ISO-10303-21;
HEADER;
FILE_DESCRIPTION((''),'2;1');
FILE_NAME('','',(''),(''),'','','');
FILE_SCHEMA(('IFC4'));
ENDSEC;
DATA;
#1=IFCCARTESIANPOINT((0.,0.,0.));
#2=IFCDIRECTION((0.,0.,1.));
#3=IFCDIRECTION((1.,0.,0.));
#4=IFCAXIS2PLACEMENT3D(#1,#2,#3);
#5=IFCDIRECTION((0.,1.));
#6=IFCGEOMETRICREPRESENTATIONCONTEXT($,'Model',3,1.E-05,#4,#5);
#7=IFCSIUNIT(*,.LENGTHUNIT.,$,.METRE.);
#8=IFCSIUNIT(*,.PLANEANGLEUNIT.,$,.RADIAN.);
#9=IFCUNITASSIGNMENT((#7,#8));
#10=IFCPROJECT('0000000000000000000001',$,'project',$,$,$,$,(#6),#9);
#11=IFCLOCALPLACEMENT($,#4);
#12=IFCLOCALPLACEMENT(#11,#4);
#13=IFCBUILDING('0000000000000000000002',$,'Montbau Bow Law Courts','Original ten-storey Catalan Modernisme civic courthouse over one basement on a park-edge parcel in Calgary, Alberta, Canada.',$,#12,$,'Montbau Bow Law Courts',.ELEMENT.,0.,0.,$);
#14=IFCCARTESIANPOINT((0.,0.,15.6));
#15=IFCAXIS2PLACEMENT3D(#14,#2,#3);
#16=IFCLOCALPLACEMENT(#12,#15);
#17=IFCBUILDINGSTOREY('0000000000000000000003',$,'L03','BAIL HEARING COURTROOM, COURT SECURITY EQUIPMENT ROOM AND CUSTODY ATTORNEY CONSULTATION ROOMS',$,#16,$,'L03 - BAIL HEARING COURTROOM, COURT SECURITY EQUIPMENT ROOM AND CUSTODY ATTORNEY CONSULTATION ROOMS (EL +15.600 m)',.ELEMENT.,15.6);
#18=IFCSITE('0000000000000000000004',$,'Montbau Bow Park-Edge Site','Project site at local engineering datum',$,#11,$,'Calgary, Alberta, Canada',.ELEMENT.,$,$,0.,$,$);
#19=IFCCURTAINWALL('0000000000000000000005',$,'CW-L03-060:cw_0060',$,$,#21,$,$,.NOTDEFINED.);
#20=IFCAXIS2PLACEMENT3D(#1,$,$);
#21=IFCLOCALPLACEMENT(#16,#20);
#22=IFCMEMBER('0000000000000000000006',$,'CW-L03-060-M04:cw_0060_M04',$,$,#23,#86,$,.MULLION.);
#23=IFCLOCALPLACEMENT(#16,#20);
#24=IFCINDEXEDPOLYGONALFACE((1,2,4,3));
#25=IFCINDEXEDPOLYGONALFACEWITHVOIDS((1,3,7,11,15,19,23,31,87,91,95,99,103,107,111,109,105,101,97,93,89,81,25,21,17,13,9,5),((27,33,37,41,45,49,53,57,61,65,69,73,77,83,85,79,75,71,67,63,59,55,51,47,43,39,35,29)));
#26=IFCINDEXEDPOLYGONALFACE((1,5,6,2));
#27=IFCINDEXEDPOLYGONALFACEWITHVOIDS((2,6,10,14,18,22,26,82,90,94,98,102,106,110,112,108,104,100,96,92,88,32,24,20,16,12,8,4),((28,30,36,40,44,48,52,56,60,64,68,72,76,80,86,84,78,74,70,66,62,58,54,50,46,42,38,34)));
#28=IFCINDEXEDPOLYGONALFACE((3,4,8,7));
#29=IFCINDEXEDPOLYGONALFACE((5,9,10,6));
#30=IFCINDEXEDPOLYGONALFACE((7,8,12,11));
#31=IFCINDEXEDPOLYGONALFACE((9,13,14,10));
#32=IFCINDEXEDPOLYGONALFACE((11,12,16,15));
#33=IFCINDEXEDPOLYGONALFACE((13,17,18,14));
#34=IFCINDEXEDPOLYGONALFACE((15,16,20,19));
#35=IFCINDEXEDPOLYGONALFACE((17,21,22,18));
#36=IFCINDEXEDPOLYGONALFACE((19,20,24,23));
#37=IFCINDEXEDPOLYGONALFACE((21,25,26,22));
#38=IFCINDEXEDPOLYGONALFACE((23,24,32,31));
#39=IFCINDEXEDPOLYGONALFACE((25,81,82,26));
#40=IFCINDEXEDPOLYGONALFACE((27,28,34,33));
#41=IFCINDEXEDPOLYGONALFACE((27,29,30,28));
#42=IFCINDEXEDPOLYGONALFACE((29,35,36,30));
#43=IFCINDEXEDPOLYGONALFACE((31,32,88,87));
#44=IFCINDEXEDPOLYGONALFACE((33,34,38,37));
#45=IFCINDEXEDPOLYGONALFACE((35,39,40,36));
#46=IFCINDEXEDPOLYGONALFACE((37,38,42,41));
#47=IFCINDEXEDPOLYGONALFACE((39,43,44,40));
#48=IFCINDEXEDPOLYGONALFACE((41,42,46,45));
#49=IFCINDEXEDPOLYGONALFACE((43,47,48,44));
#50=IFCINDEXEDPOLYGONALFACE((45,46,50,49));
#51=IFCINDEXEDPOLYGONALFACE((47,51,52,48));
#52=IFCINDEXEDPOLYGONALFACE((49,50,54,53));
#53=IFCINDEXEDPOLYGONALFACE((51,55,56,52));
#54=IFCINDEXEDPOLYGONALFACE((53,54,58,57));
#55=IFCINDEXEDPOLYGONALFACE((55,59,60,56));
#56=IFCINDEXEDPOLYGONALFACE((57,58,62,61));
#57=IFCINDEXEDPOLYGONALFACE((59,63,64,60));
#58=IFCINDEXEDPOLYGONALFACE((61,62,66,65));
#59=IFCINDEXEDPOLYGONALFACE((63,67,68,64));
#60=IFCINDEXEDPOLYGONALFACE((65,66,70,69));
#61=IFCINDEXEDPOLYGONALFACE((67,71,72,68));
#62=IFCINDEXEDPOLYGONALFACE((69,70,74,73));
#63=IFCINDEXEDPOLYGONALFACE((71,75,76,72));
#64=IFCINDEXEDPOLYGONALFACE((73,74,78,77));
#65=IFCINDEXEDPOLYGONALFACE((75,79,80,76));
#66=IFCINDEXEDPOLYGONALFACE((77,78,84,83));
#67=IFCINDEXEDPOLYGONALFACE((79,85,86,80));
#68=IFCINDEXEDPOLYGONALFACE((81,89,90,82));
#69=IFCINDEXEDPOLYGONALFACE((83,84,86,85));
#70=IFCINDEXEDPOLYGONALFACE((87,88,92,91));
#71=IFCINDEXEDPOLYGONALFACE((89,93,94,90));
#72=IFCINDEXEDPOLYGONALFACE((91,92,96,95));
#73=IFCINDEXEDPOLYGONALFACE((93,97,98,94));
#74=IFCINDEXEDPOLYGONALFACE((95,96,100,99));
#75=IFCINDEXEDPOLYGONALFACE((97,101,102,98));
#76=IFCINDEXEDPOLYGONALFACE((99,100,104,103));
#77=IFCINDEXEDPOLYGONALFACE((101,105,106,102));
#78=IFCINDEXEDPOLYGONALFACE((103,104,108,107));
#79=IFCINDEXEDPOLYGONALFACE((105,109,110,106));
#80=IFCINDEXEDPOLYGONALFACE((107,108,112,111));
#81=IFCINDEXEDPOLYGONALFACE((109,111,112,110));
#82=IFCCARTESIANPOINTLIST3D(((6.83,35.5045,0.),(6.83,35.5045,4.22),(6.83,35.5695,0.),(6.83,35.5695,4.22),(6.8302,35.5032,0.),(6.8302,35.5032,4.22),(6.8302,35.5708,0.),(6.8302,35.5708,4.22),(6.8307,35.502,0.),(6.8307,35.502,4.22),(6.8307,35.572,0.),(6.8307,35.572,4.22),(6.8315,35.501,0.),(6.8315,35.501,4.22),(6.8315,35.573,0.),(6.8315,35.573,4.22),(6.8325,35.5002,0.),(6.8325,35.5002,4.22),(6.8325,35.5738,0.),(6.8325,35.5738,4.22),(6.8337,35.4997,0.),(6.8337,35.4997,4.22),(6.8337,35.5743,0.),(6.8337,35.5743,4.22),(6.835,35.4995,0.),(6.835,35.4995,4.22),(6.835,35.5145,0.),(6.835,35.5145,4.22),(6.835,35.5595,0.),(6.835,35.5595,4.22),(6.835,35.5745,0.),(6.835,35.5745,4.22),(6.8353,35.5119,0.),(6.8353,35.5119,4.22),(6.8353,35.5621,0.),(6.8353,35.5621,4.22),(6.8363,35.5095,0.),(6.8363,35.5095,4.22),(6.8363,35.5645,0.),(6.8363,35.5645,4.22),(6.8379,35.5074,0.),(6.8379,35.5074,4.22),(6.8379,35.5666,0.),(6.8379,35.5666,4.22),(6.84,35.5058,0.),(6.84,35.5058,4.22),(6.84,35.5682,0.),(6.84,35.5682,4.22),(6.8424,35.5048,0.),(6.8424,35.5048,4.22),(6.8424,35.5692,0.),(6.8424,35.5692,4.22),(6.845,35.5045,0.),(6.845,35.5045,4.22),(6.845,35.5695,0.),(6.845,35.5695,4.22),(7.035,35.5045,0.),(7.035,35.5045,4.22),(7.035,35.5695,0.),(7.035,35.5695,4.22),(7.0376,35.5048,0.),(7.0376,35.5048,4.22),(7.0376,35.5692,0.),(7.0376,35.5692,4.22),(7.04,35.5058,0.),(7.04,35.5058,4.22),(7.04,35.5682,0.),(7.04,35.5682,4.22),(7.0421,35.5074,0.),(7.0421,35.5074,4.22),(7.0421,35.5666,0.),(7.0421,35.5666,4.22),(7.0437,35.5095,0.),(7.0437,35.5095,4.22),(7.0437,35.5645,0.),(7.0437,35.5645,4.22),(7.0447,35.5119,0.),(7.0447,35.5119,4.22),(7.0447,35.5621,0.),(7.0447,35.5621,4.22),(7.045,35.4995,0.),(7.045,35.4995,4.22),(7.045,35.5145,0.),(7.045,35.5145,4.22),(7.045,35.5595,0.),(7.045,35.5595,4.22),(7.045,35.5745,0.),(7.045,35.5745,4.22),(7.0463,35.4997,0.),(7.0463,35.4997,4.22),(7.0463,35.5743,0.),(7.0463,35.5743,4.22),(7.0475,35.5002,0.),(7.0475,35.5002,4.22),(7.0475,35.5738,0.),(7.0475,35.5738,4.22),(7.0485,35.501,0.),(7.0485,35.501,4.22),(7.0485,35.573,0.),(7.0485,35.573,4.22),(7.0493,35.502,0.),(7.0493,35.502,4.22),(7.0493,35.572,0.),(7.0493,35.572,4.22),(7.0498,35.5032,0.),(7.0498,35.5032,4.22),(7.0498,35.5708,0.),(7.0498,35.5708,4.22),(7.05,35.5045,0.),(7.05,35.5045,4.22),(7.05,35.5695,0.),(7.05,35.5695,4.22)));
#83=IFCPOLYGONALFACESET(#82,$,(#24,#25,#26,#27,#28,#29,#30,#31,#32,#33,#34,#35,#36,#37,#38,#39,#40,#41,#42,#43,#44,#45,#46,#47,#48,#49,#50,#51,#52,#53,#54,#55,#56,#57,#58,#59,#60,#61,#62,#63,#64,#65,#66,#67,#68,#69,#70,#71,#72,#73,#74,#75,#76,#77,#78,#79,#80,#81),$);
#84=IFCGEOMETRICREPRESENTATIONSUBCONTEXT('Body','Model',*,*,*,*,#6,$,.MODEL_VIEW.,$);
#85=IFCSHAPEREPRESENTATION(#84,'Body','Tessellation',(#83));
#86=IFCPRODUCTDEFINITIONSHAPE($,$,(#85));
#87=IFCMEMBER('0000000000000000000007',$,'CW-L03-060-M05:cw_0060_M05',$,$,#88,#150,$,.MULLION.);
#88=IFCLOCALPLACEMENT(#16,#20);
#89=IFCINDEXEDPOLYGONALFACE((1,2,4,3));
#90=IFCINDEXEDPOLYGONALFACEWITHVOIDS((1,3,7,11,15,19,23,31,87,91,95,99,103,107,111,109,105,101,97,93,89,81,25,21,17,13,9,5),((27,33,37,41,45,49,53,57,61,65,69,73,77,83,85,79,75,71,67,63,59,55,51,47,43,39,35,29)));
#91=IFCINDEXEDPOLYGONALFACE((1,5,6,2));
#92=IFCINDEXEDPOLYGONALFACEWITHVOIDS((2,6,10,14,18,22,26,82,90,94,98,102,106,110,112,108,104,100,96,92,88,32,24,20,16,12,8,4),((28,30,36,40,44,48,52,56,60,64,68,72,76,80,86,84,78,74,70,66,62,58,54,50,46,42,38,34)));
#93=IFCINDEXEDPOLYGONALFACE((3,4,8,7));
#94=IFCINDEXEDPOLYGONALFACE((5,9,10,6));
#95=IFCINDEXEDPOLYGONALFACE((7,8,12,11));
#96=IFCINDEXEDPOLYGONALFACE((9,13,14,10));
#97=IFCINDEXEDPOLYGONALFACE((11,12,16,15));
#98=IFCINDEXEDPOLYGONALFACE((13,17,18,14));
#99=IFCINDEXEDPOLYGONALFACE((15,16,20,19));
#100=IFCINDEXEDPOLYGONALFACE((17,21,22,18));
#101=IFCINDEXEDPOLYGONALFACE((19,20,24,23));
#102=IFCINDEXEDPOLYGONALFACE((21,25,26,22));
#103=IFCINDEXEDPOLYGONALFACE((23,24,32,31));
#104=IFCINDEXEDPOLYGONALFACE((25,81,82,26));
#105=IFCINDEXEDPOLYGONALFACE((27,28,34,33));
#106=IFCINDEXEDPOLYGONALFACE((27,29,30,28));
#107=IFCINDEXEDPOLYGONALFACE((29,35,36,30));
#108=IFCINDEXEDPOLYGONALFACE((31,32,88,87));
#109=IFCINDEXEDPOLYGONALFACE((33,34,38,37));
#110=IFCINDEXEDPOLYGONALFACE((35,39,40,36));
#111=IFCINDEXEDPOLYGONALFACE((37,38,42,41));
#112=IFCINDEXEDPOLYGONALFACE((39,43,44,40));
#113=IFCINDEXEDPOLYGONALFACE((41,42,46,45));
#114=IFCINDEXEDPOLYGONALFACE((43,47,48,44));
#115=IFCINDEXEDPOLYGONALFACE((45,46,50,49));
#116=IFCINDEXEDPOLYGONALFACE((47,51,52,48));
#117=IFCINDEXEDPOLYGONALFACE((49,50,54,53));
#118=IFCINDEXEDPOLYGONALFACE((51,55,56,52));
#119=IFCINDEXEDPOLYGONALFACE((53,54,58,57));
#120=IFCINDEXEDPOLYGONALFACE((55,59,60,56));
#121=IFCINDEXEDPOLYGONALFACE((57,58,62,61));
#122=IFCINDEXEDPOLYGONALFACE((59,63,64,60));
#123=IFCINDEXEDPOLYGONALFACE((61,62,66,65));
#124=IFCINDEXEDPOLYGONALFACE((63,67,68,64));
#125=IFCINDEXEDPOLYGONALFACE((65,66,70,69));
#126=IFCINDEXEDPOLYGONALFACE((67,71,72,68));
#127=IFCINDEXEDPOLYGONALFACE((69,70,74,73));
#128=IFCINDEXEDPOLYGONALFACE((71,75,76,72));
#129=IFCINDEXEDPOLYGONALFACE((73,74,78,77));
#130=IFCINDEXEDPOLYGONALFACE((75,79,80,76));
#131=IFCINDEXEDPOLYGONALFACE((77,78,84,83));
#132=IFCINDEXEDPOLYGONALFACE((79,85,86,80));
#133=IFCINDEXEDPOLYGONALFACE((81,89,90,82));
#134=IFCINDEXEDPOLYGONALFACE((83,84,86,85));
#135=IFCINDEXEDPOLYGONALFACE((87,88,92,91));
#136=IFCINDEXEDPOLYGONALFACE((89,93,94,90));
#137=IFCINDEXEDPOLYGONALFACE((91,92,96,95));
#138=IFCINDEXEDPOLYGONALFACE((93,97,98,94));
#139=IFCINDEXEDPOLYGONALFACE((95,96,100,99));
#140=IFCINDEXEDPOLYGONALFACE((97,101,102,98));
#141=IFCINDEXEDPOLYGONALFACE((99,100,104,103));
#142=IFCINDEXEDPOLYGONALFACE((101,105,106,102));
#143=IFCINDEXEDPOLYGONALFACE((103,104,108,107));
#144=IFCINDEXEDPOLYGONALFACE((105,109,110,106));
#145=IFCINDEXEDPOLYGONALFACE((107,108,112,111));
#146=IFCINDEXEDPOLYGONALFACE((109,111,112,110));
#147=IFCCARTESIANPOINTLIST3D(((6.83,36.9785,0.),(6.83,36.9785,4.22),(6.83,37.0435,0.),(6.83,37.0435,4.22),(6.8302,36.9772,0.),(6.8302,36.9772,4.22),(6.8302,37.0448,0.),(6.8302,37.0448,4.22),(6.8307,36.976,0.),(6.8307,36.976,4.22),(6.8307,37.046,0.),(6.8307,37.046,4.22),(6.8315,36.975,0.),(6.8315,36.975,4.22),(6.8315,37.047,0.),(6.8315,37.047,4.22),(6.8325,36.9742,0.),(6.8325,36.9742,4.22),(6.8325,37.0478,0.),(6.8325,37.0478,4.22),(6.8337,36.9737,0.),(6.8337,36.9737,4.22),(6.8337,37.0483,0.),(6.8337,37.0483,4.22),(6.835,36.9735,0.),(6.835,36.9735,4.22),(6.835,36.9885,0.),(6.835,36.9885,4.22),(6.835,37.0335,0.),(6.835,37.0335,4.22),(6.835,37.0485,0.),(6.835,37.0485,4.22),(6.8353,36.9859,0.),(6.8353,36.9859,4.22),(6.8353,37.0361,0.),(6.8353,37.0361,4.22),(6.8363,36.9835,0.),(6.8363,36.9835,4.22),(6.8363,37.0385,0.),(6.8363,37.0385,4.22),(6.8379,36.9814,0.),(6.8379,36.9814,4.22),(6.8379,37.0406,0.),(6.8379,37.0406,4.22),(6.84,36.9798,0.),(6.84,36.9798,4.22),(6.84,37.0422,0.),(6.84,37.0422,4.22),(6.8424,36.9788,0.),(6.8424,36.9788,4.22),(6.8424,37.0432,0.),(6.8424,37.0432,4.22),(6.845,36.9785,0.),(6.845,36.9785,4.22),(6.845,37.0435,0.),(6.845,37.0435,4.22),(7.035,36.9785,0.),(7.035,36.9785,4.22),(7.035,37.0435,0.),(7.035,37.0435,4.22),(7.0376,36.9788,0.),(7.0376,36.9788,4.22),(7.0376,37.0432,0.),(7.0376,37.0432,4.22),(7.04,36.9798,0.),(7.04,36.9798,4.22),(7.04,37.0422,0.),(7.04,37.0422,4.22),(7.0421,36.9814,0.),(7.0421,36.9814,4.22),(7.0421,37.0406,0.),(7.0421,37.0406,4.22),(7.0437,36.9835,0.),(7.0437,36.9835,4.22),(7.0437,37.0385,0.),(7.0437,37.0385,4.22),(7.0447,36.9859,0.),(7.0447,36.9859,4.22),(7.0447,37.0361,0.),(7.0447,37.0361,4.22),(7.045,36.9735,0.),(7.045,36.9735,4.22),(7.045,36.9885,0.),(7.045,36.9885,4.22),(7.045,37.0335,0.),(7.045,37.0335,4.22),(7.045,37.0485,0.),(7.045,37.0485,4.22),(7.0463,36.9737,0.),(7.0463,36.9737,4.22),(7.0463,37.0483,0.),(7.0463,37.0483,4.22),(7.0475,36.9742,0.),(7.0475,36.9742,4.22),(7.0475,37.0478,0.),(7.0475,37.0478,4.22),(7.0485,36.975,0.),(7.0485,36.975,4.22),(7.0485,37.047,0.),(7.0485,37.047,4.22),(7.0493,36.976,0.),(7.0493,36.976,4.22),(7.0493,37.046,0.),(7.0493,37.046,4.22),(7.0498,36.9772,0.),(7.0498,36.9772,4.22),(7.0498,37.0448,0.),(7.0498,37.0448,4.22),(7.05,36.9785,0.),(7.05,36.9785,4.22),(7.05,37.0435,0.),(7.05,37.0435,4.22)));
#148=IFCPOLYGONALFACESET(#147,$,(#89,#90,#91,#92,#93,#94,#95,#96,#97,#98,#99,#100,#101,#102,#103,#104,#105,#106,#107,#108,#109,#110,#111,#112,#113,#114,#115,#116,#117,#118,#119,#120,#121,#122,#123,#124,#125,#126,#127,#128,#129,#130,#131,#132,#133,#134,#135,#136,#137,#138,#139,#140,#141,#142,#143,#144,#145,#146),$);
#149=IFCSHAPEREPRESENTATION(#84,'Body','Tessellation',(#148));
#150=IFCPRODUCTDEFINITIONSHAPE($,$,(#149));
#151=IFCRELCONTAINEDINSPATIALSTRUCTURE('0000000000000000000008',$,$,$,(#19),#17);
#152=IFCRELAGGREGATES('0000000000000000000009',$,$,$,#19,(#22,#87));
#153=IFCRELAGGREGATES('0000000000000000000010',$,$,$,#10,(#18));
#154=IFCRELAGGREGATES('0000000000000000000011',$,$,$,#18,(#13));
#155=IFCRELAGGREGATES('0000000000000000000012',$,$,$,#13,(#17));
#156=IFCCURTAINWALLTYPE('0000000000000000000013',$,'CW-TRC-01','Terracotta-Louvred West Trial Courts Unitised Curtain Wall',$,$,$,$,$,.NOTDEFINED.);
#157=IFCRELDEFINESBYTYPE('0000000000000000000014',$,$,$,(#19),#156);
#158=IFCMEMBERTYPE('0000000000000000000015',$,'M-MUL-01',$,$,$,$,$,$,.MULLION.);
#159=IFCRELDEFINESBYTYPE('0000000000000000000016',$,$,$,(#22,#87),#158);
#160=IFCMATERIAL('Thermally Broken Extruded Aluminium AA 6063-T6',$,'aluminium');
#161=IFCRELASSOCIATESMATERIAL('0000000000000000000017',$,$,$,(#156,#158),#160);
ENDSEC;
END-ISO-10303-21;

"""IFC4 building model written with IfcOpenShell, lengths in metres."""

from ifc_helpers import new_model, si_unit, direction, frame, origin_with_axes, origin_2d_with_axis, place, context, subcontext, project, spatial, hollow_rectangle, extrude, material, material_profile, profile_set, type_object, element, aggregate, save


model = new_model("IFC4")

# Units and contexts
model_context = context("Model", 3, precision=1e-05, world=origin_with_axes(), true_north=direction((0.0, 1.0)))
body_context = subcontext(model_context, "Body", "Model", "MODEL_VIEW")
ifc_project = project(units=[si_unit("LENGTHUNIT", "METRE"), si_unit("PLANEANGLEUNIT", "RADIAN")], contexts=[model_context])

# Site, building, storey
site_placement = place(None, origin_with_axes())
site = spatial("IfcSite", under=ifc_project, at=site_placement, Name="Montbau Bow Park-Edge Site", Description="Project site at local engineering datum", LongName="Calgary, Alberta, Canada", CompositionType="ELEMENT", RefElevation=0.0)
building_placement = place(site_placement, origin_with_axes())
building = spatial("IfcBuilding", under=site, at=building_placement, Name="Montbau Bow Law Courts", Description="Original ten-storey Catalan Modernisme civic courthouse over one basement on a park-edge parcel in Calgary, Alberta, Canada.", LongName="Montbau Bow Law Courts", CompositionType="ELEMENT", ElevationOfRefHeight=0.0, ElevationOfTerrain=0.0)
storey_placement = place(building_placement, frame((0.0, 0.0, 15.6), z_axis=(0.0, 0.0, 1.0), x_axis=(1.0, 0.0, 0.0)))
storey = spatial("IfcBuildingStorey", under=building, at=storey_placement, Name="L03", Description="BAIL HEARING COURTROOM, COURT SECURITY EQUIPMENT ROOM AND CUSTODY ATTORNEY CONSULTATION ROOMS", LongName="L03 - BAIL HEARING COURTROOM, COURT SECURITY EQUIPMENT ROOM AND CUSTODY ATTORNEY CONSULTATION ROOMS (EL +15.600 m)", CompositionType="ELEMENT", Elevation=15.6)

# Curtain wall, members
ifc_material_1 = material(Name="Thermally Broken Extruded Aluminium AA 6063-T6", Category="aluminium")
curtain_wall_type = type_object("IfcCurtainWallType", Name="CW-TRC-01", Description="Terracotta-Louvred West Trial Courts Unitised Curtain Wall", PredefinedType="NOTDEFINED", material=ifc_material_1)
curtain_wall_placement = place(None, frame((6.94, 31.115, 15.6), z_axis=(0.0, 0.0, 1.0), x_axis=(1.0, 0.0, 0.0)))
curtain_wall = element("IfcCurtainWall", 1, at=curtain_wall_placement, inside=storey, type_object=curtain_wall_type, Name="CW-L03-060:cw_0060", PredefinedType="NOTDEFINED")
ifc_material_profile_1 = material_profile(ifc_material_1, hollow_rectangle(XDim=0.075, YDim=0.22, WallThickness=0.005, InnerFilletRadius=0.01, OuterFilletRadius=0.005, at=origin_2d_with_axis()), Name="CWM-220X75", Category="Main", Priority=0)
ifc_profile_set_1 = profile_set([ifc_material_profile_1], Name="Thermally Broken Extruded Aluminium AA 6063-T6")
member_type_1 = type_object("IfcMemberType", Name="M-MUL-01", PredefinedType="MULLION", material=ifc_profile_set_1)
member_1_placement = place(None, frame((6.94, 35.537, 15.6), z_axis=(0.0, 0.0, 1.0), x_axis=(0.0, 1.0, 0.0)))
member_1 = element("IfcMember", 2, at=member_1_placement, type_object=member_type_1, Name="CW-L03-060-M04:cw_0060_M04", PredefinedType="MULLION", context=body_context, shape_type="SweptSolid", body=[
    extrude(hollow_rectangle(XDim=0.075, YDim=0.22, WallThickness=0.005, InnerFilletRadius=0.01, OuterFilletRadius=0.005, at=origin_2d_with_axis()), origin_with_axes(), (0.0, 0.0, 1.0), 4.22),
])
member_2_placement = place(None, frame((6.94, 37.011, 15.6), z_axis=(0.0, 0.0, 1.0), x_axis=(0.0, 1.0, 0.0)))
member_2 = element("IfcMember", 3, at=member_2_placement, type_object=member_type_1, Name="CW-L03-060-M05:cw_0060_M05", PredefinedType="MULLION", context=body_context, shape_type="SweptSolid", body=[
    extrude(hollow_rectangle(XDim=0.075, YDim=0.22, WallThickness=0.005, InnerFilletRadius=0.01, OuterFilletRadius=0.005, at=origin_2d_with_axis()), origin_with_axes(), (0.0, 0.0, 1.0), 4.22),
])
aggregate(curtain_wall, [member_1, member_2])

save(model, "model.ifc")
